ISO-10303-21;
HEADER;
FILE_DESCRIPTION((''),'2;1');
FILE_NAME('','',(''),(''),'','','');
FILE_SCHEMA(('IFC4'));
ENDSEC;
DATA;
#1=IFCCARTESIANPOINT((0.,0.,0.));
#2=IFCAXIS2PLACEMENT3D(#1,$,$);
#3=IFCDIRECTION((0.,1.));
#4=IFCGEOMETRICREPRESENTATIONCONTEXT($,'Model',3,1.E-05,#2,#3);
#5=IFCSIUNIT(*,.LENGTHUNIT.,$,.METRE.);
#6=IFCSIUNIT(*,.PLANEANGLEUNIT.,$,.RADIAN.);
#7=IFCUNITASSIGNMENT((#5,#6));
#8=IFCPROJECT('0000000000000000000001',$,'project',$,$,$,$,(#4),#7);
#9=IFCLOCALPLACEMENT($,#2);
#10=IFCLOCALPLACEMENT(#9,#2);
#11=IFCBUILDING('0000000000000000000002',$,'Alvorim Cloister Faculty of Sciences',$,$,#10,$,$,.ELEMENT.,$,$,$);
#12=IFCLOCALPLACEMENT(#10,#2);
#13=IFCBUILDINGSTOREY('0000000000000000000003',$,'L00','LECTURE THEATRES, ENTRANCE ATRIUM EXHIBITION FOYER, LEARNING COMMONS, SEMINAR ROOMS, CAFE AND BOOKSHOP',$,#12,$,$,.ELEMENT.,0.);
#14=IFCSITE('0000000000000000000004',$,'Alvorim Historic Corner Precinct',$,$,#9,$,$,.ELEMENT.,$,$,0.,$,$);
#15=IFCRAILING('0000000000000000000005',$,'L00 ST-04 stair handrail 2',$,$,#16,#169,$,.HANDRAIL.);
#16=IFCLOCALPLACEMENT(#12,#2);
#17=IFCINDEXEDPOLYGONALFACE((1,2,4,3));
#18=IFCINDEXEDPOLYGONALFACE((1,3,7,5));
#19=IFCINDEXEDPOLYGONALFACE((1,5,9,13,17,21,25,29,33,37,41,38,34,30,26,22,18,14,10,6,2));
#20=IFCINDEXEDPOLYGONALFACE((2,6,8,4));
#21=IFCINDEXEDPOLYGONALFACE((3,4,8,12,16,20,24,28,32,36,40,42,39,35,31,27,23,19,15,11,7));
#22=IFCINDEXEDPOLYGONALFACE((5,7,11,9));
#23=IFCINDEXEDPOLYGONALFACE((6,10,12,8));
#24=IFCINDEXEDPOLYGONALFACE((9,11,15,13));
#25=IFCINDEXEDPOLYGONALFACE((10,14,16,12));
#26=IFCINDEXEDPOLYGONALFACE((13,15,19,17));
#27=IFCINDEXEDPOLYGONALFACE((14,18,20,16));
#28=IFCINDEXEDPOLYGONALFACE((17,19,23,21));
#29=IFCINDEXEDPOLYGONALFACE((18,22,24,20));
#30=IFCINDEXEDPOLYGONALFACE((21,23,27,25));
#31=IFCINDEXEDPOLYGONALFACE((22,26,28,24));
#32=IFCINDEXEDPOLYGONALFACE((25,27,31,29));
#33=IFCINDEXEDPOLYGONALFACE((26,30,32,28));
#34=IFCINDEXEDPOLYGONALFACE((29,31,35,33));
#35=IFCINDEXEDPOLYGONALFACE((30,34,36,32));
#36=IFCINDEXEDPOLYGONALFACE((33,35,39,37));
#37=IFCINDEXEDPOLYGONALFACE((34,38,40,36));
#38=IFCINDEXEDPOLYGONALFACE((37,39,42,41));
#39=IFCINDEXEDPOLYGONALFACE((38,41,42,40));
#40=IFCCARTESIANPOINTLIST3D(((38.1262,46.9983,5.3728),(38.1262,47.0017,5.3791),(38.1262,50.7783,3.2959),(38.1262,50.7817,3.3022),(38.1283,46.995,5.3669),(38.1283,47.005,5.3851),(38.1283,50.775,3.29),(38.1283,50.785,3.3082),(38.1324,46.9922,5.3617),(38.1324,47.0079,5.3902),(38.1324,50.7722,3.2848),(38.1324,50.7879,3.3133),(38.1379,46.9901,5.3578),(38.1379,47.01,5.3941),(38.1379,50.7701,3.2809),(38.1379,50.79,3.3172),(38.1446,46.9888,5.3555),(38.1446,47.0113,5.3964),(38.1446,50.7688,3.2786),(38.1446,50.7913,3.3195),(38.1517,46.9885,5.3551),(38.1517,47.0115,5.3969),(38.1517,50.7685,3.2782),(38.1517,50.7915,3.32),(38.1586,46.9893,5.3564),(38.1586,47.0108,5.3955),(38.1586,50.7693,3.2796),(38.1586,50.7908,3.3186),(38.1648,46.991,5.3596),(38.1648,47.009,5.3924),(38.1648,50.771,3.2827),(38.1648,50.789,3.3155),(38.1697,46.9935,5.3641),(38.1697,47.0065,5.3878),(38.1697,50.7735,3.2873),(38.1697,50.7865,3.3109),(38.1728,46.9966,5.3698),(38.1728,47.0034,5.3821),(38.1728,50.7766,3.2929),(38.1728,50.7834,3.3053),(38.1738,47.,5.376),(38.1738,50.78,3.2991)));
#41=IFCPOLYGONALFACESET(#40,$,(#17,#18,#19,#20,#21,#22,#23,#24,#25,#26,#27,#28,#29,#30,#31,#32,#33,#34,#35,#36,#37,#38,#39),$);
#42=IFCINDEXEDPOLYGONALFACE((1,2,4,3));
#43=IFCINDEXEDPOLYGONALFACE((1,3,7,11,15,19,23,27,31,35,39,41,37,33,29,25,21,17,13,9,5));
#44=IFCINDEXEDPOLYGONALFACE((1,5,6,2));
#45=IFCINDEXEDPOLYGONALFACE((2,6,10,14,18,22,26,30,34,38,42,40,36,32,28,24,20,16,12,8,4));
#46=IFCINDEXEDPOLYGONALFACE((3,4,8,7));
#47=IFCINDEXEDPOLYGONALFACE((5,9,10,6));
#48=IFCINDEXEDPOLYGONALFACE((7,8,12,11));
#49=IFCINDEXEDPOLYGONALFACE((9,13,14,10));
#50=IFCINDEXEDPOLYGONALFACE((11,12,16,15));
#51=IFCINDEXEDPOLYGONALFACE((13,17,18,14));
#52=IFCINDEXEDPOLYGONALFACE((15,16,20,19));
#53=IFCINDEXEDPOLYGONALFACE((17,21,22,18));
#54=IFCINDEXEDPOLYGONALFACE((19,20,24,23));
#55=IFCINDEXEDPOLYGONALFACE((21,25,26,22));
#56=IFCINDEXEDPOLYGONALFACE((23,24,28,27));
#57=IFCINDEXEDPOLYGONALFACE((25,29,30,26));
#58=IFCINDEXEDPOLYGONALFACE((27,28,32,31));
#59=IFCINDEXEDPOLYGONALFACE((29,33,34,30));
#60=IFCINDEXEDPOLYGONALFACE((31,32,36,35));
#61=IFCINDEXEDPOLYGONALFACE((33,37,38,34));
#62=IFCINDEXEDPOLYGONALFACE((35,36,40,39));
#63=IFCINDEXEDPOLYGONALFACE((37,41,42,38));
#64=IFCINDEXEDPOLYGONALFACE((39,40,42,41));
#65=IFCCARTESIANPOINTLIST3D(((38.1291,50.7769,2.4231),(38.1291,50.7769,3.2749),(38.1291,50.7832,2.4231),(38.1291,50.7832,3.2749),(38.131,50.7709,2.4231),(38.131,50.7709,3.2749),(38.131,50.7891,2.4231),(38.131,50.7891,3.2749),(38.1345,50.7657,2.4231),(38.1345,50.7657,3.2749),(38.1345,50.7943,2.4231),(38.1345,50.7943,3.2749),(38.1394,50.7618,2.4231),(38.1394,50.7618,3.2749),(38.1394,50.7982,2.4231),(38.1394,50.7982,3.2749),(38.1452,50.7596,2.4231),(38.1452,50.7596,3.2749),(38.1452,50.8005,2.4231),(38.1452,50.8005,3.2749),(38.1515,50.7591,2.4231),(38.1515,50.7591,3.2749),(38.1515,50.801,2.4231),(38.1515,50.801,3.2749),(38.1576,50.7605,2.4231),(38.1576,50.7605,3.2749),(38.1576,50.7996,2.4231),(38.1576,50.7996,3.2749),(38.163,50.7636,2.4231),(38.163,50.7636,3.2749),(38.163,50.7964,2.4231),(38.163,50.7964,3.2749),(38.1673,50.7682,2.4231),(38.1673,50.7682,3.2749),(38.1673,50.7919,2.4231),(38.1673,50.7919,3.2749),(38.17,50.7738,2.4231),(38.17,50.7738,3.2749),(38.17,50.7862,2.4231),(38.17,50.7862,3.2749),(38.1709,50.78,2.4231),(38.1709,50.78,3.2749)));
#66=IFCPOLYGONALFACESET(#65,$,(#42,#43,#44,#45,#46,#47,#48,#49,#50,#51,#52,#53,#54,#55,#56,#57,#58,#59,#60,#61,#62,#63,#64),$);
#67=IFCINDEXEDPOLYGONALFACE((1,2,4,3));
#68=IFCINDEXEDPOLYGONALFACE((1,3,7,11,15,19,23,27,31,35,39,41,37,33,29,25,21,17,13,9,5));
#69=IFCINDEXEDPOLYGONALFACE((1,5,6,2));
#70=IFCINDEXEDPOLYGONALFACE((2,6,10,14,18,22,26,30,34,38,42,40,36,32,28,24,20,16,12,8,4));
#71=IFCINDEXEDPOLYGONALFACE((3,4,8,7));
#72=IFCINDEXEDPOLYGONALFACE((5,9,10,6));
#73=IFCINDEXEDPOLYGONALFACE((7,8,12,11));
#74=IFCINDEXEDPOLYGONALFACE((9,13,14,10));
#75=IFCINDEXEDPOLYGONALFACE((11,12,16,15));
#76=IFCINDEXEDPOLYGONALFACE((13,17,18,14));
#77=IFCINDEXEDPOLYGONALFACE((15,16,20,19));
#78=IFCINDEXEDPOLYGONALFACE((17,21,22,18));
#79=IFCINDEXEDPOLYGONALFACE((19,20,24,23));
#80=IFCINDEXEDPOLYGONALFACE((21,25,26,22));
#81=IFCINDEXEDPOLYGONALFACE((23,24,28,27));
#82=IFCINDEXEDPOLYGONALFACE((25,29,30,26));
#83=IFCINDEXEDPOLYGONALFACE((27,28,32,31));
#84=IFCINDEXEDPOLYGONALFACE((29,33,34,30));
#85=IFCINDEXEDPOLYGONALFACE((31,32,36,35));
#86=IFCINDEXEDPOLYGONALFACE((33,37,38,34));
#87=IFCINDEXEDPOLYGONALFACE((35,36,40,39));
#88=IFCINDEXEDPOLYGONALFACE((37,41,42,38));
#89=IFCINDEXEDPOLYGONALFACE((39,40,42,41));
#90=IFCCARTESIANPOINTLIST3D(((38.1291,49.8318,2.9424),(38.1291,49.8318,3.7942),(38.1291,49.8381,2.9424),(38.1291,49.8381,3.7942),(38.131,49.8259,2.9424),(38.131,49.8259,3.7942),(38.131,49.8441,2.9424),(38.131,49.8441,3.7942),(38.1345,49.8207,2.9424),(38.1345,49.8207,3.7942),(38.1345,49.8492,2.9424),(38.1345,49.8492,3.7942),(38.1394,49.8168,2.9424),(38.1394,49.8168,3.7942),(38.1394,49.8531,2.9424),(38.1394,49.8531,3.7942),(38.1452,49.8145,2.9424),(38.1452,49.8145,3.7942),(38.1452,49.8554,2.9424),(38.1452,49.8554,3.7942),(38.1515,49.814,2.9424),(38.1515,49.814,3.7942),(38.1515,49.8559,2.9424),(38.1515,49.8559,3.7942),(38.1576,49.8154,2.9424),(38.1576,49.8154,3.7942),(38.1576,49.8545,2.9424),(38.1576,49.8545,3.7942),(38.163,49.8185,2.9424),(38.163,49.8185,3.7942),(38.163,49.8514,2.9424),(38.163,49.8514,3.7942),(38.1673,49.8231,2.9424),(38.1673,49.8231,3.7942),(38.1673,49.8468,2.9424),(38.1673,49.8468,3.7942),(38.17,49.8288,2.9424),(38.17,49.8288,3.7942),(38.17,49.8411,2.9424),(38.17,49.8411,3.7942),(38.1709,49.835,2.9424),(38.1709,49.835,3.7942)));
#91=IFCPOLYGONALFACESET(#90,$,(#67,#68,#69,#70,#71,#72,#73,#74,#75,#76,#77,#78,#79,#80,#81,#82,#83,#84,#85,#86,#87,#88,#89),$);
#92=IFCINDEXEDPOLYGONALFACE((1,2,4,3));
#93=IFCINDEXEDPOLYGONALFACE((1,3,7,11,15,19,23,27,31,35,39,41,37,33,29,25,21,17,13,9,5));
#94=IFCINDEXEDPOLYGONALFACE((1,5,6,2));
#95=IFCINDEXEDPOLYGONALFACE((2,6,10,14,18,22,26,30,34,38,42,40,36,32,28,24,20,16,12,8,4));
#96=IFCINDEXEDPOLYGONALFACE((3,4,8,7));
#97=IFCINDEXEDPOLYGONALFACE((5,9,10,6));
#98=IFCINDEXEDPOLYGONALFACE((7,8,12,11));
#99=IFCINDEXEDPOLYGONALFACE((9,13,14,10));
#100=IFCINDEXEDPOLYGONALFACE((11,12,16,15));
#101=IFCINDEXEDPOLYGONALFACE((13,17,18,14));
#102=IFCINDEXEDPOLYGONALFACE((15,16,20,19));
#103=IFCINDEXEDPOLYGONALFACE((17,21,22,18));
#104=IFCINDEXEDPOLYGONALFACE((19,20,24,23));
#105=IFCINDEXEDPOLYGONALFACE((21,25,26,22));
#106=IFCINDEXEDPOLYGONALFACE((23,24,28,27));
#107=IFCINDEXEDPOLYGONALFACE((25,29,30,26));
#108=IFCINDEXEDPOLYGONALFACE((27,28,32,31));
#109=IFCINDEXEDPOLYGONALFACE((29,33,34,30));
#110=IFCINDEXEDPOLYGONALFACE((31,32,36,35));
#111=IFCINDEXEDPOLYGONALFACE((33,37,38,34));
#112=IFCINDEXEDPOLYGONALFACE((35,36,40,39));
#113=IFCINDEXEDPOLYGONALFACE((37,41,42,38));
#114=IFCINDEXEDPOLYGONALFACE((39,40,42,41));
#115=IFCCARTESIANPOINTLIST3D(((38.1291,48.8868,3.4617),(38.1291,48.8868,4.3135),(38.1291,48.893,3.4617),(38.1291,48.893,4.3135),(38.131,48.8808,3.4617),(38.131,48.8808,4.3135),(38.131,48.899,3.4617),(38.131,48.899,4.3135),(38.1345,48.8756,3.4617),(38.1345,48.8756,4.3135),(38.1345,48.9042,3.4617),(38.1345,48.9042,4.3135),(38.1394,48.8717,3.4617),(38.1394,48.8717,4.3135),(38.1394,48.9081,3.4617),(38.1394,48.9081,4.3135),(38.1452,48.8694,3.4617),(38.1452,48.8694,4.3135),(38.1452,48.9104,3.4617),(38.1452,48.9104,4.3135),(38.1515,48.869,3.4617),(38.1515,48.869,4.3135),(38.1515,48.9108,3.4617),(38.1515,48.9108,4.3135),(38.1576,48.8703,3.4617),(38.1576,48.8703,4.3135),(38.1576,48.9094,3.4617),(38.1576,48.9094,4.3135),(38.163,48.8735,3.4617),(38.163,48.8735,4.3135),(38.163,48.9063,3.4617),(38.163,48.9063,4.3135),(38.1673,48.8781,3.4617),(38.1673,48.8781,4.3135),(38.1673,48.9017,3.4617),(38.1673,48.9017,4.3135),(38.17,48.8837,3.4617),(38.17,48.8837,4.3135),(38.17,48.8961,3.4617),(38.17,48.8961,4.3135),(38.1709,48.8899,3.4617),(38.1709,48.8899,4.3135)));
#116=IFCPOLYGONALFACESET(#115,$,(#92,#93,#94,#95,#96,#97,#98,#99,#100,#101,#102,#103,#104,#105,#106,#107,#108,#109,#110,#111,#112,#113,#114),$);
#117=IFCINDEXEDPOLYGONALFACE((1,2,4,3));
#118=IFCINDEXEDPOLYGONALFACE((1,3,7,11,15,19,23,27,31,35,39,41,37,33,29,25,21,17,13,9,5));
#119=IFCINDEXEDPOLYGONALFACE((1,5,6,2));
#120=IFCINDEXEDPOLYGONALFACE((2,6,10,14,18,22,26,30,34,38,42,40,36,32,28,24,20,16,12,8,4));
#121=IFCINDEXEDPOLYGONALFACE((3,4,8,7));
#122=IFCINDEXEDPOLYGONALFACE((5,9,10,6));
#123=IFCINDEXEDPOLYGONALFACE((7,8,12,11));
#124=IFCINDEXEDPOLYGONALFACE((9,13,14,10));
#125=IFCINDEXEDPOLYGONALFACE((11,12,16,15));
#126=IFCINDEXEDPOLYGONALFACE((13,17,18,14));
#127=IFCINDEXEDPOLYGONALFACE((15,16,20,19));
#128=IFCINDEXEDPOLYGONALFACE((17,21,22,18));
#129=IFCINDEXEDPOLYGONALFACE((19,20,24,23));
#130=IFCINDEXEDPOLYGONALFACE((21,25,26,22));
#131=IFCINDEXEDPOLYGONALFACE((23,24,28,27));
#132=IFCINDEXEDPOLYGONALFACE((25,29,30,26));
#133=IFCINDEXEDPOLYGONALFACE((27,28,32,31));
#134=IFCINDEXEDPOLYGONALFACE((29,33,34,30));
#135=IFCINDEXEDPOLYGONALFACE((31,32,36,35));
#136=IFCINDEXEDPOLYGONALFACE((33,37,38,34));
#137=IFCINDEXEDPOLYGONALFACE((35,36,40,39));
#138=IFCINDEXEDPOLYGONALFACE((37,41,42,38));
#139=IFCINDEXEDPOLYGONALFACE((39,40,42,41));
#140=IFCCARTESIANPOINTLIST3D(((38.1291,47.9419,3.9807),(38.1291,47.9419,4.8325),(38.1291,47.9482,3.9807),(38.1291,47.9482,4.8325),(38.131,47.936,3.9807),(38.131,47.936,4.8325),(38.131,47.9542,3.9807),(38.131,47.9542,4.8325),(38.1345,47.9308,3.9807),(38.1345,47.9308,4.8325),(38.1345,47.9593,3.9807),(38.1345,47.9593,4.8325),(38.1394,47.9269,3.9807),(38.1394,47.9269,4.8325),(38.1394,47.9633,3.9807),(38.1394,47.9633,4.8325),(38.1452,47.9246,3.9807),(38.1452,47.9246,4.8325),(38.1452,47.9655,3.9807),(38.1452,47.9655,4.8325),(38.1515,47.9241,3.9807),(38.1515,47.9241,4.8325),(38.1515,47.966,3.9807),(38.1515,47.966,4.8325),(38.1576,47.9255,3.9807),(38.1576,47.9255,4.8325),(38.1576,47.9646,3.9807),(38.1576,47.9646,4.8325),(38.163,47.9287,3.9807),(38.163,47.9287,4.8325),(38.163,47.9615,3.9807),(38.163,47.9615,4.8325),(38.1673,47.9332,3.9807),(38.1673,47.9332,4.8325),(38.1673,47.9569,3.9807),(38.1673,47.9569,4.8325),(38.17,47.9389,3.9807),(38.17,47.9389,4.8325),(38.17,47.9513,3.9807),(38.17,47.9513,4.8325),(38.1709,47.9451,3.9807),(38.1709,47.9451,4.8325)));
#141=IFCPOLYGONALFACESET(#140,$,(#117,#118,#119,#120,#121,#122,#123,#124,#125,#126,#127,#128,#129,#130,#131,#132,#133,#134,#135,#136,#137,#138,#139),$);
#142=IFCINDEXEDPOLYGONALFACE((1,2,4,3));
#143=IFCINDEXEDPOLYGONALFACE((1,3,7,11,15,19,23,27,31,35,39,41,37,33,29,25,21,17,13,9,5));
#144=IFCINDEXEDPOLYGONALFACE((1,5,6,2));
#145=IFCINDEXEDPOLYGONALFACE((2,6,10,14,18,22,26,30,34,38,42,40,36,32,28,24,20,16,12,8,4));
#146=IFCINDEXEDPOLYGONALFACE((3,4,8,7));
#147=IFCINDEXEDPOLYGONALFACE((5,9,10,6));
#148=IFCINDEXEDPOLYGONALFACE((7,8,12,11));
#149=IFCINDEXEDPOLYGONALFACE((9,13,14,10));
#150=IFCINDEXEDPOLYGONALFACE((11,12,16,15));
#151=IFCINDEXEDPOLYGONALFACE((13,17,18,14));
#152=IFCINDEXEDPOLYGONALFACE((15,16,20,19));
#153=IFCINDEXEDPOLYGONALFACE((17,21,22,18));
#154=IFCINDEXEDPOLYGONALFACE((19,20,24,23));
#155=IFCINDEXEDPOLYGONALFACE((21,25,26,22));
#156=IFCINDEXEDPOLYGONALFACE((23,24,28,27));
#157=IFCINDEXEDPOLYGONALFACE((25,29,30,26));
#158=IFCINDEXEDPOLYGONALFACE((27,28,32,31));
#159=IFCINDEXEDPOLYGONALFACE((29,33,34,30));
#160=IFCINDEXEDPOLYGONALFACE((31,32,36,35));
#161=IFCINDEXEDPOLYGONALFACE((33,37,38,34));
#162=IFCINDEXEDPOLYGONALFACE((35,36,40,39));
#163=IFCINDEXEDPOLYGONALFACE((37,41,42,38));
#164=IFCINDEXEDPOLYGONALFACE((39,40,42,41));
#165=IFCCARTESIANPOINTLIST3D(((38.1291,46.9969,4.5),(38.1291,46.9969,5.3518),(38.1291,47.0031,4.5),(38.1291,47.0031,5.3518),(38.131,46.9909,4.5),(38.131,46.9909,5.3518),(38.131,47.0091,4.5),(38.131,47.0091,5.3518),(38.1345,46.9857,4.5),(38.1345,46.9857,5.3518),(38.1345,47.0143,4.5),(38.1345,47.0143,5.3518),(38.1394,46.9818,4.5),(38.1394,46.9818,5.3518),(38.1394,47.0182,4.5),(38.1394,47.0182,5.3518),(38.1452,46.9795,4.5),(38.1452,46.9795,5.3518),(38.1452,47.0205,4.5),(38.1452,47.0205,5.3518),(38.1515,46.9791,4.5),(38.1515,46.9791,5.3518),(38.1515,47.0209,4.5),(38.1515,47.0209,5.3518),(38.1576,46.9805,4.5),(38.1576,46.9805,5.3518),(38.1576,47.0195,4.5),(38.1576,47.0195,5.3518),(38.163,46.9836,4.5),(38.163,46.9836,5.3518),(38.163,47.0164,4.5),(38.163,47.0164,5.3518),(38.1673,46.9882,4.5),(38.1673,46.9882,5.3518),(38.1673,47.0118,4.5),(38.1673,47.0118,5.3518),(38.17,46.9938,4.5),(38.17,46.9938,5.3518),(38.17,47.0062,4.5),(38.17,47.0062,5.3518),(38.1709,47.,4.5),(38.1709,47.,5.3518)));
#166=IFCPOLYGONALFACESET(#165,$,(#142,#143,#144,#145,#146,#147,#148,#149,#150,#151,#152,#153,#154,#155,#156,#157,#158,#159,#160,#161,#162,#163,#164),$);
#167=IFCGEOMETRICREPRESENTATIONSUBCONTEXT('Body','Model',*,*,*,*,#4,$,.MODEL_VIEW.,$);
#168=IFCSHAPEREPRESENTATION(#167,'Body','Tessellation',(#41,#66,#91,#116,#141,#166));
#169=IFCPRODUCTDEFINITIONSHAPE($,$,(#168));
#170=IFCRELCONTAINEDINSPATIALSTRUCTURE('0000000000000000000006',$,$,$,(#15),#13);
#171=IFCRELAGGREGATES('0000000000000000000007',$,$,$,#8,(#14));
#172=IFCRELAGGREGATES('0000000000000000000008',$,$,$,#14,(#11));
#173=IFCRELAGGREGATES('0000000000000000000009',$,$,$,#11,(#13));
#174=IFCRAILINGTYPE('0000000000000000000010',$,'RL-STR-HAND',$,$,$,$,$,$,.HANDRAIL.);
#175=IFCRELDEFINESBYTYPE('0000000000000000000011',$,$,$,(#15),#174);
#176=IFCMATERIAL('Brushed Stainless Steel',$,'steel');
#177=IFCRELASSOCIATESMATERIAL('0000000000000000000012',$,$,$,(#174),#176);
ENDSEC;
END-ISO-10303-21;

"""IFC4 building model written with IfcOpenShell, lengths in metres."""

from ifc_helpers import new_model, si_unit, direction, frame, origin, origin_2d, place, context, subcontext, project, spatial, circle, extrude, material, type_object, element, save


model = new_model("IFC4")

# Units and contexts
model_context = context("Model", 3, precision=1e-05, world=origin(), true_north=direction((0.0, 1.0)))
body_context = subcontext(model_context, "Body", "Model", "MODEL_VIEW")
ifc_project = project(units=[si_unit("LENGTHUNIT", "METRE"), si_unit("PLANEANGLEUNIT", "RADIAN")], contexts=[model_context])

# Site, building, storey
site_placement = place(None, origin())
site = spatial("IfcSite", under=ifc_project, at=site_placement, Name="Alvorim Historic Corner Precinct", CompositionType="ELEMENT", RefElevation=0.0)
building_placement = place(site_placement, origin())
building = spatial("IfcBuilding", under=site, at=building_placement, Name="Alvorim Cloister Faculty of Sciences", CompositionType="ELEMENT")
storey_placement = place(building_placement, origin())
storey = spatial("IfcBuildingStorey", under=building, at=storey_placement, Name="L00", Description="LECTURE THEATRES, ENTRANCE ATRIUM EXHIBITION FOYER, LEARNING COMMONS, SEMINAR ROOMS, CAFE AND BOOKSHOP", CompositionType="ELEMENT", Elevation=0.0)

# Shared definitions
ifc_material_1 = material(Name="Brushed Stainless Steel", Category="steel")

# Railing
railing_type_1 = type_object("IfcRailingType", Name="RL-STR-HAND", PredefinedType="HANDRAIL", material=ifc_material_1)
railing_1_placement = place(storey_placement, frame((38.1499, 50.78, 2.4231)))
element("IfcRailing", 1, at=railing_1_placement, inside=storey, type_object=railing_type_1, Name="L00 ST-04 stair handrail 2", PredefinedType="HANDRAIL", context=body_context, shape_type="SweptSolid", body=[
    extrude(circle(Radius=0.0239, at=origin_2d()), frame((0.0, 0.0, 0.876), z_axis=(0.0, -0.876423, 0.481543), x_axis=(1.0, 0.0, 0.0)), (0.0, 0.0, 1.0), 4.313),
    extrude(circle(Radius=0.021, at=origin_2d()), origin(), (0.0, 0.0, 1.0), 0.8518),
    extrude(circle(Radius=0.021, at=origin_2d()), frame((0.0, -0.9451, 0.5193)), (0.0, 0.0, 1.0), 0.8518),
    extrude(circle(Radius=0.021, at=origin_2d()), frame((0.0, -1.8901, 1.0386)), (0.0, 0.0, 1.0), 0.8518),
    extrude(circle(Radius=0.021, at=origin_2d()), frame((0.0, -2.835, 1.5576)), (0.0, 0.0, 1.0), 0.8518),
    extrude(circle(Radius=0.021, at=origin_2d()), frame((0.0, -3.78, 2.0769)), (0.0, 0.0, 1.0), 0.8518),
])

save(model, "model.ifc")
